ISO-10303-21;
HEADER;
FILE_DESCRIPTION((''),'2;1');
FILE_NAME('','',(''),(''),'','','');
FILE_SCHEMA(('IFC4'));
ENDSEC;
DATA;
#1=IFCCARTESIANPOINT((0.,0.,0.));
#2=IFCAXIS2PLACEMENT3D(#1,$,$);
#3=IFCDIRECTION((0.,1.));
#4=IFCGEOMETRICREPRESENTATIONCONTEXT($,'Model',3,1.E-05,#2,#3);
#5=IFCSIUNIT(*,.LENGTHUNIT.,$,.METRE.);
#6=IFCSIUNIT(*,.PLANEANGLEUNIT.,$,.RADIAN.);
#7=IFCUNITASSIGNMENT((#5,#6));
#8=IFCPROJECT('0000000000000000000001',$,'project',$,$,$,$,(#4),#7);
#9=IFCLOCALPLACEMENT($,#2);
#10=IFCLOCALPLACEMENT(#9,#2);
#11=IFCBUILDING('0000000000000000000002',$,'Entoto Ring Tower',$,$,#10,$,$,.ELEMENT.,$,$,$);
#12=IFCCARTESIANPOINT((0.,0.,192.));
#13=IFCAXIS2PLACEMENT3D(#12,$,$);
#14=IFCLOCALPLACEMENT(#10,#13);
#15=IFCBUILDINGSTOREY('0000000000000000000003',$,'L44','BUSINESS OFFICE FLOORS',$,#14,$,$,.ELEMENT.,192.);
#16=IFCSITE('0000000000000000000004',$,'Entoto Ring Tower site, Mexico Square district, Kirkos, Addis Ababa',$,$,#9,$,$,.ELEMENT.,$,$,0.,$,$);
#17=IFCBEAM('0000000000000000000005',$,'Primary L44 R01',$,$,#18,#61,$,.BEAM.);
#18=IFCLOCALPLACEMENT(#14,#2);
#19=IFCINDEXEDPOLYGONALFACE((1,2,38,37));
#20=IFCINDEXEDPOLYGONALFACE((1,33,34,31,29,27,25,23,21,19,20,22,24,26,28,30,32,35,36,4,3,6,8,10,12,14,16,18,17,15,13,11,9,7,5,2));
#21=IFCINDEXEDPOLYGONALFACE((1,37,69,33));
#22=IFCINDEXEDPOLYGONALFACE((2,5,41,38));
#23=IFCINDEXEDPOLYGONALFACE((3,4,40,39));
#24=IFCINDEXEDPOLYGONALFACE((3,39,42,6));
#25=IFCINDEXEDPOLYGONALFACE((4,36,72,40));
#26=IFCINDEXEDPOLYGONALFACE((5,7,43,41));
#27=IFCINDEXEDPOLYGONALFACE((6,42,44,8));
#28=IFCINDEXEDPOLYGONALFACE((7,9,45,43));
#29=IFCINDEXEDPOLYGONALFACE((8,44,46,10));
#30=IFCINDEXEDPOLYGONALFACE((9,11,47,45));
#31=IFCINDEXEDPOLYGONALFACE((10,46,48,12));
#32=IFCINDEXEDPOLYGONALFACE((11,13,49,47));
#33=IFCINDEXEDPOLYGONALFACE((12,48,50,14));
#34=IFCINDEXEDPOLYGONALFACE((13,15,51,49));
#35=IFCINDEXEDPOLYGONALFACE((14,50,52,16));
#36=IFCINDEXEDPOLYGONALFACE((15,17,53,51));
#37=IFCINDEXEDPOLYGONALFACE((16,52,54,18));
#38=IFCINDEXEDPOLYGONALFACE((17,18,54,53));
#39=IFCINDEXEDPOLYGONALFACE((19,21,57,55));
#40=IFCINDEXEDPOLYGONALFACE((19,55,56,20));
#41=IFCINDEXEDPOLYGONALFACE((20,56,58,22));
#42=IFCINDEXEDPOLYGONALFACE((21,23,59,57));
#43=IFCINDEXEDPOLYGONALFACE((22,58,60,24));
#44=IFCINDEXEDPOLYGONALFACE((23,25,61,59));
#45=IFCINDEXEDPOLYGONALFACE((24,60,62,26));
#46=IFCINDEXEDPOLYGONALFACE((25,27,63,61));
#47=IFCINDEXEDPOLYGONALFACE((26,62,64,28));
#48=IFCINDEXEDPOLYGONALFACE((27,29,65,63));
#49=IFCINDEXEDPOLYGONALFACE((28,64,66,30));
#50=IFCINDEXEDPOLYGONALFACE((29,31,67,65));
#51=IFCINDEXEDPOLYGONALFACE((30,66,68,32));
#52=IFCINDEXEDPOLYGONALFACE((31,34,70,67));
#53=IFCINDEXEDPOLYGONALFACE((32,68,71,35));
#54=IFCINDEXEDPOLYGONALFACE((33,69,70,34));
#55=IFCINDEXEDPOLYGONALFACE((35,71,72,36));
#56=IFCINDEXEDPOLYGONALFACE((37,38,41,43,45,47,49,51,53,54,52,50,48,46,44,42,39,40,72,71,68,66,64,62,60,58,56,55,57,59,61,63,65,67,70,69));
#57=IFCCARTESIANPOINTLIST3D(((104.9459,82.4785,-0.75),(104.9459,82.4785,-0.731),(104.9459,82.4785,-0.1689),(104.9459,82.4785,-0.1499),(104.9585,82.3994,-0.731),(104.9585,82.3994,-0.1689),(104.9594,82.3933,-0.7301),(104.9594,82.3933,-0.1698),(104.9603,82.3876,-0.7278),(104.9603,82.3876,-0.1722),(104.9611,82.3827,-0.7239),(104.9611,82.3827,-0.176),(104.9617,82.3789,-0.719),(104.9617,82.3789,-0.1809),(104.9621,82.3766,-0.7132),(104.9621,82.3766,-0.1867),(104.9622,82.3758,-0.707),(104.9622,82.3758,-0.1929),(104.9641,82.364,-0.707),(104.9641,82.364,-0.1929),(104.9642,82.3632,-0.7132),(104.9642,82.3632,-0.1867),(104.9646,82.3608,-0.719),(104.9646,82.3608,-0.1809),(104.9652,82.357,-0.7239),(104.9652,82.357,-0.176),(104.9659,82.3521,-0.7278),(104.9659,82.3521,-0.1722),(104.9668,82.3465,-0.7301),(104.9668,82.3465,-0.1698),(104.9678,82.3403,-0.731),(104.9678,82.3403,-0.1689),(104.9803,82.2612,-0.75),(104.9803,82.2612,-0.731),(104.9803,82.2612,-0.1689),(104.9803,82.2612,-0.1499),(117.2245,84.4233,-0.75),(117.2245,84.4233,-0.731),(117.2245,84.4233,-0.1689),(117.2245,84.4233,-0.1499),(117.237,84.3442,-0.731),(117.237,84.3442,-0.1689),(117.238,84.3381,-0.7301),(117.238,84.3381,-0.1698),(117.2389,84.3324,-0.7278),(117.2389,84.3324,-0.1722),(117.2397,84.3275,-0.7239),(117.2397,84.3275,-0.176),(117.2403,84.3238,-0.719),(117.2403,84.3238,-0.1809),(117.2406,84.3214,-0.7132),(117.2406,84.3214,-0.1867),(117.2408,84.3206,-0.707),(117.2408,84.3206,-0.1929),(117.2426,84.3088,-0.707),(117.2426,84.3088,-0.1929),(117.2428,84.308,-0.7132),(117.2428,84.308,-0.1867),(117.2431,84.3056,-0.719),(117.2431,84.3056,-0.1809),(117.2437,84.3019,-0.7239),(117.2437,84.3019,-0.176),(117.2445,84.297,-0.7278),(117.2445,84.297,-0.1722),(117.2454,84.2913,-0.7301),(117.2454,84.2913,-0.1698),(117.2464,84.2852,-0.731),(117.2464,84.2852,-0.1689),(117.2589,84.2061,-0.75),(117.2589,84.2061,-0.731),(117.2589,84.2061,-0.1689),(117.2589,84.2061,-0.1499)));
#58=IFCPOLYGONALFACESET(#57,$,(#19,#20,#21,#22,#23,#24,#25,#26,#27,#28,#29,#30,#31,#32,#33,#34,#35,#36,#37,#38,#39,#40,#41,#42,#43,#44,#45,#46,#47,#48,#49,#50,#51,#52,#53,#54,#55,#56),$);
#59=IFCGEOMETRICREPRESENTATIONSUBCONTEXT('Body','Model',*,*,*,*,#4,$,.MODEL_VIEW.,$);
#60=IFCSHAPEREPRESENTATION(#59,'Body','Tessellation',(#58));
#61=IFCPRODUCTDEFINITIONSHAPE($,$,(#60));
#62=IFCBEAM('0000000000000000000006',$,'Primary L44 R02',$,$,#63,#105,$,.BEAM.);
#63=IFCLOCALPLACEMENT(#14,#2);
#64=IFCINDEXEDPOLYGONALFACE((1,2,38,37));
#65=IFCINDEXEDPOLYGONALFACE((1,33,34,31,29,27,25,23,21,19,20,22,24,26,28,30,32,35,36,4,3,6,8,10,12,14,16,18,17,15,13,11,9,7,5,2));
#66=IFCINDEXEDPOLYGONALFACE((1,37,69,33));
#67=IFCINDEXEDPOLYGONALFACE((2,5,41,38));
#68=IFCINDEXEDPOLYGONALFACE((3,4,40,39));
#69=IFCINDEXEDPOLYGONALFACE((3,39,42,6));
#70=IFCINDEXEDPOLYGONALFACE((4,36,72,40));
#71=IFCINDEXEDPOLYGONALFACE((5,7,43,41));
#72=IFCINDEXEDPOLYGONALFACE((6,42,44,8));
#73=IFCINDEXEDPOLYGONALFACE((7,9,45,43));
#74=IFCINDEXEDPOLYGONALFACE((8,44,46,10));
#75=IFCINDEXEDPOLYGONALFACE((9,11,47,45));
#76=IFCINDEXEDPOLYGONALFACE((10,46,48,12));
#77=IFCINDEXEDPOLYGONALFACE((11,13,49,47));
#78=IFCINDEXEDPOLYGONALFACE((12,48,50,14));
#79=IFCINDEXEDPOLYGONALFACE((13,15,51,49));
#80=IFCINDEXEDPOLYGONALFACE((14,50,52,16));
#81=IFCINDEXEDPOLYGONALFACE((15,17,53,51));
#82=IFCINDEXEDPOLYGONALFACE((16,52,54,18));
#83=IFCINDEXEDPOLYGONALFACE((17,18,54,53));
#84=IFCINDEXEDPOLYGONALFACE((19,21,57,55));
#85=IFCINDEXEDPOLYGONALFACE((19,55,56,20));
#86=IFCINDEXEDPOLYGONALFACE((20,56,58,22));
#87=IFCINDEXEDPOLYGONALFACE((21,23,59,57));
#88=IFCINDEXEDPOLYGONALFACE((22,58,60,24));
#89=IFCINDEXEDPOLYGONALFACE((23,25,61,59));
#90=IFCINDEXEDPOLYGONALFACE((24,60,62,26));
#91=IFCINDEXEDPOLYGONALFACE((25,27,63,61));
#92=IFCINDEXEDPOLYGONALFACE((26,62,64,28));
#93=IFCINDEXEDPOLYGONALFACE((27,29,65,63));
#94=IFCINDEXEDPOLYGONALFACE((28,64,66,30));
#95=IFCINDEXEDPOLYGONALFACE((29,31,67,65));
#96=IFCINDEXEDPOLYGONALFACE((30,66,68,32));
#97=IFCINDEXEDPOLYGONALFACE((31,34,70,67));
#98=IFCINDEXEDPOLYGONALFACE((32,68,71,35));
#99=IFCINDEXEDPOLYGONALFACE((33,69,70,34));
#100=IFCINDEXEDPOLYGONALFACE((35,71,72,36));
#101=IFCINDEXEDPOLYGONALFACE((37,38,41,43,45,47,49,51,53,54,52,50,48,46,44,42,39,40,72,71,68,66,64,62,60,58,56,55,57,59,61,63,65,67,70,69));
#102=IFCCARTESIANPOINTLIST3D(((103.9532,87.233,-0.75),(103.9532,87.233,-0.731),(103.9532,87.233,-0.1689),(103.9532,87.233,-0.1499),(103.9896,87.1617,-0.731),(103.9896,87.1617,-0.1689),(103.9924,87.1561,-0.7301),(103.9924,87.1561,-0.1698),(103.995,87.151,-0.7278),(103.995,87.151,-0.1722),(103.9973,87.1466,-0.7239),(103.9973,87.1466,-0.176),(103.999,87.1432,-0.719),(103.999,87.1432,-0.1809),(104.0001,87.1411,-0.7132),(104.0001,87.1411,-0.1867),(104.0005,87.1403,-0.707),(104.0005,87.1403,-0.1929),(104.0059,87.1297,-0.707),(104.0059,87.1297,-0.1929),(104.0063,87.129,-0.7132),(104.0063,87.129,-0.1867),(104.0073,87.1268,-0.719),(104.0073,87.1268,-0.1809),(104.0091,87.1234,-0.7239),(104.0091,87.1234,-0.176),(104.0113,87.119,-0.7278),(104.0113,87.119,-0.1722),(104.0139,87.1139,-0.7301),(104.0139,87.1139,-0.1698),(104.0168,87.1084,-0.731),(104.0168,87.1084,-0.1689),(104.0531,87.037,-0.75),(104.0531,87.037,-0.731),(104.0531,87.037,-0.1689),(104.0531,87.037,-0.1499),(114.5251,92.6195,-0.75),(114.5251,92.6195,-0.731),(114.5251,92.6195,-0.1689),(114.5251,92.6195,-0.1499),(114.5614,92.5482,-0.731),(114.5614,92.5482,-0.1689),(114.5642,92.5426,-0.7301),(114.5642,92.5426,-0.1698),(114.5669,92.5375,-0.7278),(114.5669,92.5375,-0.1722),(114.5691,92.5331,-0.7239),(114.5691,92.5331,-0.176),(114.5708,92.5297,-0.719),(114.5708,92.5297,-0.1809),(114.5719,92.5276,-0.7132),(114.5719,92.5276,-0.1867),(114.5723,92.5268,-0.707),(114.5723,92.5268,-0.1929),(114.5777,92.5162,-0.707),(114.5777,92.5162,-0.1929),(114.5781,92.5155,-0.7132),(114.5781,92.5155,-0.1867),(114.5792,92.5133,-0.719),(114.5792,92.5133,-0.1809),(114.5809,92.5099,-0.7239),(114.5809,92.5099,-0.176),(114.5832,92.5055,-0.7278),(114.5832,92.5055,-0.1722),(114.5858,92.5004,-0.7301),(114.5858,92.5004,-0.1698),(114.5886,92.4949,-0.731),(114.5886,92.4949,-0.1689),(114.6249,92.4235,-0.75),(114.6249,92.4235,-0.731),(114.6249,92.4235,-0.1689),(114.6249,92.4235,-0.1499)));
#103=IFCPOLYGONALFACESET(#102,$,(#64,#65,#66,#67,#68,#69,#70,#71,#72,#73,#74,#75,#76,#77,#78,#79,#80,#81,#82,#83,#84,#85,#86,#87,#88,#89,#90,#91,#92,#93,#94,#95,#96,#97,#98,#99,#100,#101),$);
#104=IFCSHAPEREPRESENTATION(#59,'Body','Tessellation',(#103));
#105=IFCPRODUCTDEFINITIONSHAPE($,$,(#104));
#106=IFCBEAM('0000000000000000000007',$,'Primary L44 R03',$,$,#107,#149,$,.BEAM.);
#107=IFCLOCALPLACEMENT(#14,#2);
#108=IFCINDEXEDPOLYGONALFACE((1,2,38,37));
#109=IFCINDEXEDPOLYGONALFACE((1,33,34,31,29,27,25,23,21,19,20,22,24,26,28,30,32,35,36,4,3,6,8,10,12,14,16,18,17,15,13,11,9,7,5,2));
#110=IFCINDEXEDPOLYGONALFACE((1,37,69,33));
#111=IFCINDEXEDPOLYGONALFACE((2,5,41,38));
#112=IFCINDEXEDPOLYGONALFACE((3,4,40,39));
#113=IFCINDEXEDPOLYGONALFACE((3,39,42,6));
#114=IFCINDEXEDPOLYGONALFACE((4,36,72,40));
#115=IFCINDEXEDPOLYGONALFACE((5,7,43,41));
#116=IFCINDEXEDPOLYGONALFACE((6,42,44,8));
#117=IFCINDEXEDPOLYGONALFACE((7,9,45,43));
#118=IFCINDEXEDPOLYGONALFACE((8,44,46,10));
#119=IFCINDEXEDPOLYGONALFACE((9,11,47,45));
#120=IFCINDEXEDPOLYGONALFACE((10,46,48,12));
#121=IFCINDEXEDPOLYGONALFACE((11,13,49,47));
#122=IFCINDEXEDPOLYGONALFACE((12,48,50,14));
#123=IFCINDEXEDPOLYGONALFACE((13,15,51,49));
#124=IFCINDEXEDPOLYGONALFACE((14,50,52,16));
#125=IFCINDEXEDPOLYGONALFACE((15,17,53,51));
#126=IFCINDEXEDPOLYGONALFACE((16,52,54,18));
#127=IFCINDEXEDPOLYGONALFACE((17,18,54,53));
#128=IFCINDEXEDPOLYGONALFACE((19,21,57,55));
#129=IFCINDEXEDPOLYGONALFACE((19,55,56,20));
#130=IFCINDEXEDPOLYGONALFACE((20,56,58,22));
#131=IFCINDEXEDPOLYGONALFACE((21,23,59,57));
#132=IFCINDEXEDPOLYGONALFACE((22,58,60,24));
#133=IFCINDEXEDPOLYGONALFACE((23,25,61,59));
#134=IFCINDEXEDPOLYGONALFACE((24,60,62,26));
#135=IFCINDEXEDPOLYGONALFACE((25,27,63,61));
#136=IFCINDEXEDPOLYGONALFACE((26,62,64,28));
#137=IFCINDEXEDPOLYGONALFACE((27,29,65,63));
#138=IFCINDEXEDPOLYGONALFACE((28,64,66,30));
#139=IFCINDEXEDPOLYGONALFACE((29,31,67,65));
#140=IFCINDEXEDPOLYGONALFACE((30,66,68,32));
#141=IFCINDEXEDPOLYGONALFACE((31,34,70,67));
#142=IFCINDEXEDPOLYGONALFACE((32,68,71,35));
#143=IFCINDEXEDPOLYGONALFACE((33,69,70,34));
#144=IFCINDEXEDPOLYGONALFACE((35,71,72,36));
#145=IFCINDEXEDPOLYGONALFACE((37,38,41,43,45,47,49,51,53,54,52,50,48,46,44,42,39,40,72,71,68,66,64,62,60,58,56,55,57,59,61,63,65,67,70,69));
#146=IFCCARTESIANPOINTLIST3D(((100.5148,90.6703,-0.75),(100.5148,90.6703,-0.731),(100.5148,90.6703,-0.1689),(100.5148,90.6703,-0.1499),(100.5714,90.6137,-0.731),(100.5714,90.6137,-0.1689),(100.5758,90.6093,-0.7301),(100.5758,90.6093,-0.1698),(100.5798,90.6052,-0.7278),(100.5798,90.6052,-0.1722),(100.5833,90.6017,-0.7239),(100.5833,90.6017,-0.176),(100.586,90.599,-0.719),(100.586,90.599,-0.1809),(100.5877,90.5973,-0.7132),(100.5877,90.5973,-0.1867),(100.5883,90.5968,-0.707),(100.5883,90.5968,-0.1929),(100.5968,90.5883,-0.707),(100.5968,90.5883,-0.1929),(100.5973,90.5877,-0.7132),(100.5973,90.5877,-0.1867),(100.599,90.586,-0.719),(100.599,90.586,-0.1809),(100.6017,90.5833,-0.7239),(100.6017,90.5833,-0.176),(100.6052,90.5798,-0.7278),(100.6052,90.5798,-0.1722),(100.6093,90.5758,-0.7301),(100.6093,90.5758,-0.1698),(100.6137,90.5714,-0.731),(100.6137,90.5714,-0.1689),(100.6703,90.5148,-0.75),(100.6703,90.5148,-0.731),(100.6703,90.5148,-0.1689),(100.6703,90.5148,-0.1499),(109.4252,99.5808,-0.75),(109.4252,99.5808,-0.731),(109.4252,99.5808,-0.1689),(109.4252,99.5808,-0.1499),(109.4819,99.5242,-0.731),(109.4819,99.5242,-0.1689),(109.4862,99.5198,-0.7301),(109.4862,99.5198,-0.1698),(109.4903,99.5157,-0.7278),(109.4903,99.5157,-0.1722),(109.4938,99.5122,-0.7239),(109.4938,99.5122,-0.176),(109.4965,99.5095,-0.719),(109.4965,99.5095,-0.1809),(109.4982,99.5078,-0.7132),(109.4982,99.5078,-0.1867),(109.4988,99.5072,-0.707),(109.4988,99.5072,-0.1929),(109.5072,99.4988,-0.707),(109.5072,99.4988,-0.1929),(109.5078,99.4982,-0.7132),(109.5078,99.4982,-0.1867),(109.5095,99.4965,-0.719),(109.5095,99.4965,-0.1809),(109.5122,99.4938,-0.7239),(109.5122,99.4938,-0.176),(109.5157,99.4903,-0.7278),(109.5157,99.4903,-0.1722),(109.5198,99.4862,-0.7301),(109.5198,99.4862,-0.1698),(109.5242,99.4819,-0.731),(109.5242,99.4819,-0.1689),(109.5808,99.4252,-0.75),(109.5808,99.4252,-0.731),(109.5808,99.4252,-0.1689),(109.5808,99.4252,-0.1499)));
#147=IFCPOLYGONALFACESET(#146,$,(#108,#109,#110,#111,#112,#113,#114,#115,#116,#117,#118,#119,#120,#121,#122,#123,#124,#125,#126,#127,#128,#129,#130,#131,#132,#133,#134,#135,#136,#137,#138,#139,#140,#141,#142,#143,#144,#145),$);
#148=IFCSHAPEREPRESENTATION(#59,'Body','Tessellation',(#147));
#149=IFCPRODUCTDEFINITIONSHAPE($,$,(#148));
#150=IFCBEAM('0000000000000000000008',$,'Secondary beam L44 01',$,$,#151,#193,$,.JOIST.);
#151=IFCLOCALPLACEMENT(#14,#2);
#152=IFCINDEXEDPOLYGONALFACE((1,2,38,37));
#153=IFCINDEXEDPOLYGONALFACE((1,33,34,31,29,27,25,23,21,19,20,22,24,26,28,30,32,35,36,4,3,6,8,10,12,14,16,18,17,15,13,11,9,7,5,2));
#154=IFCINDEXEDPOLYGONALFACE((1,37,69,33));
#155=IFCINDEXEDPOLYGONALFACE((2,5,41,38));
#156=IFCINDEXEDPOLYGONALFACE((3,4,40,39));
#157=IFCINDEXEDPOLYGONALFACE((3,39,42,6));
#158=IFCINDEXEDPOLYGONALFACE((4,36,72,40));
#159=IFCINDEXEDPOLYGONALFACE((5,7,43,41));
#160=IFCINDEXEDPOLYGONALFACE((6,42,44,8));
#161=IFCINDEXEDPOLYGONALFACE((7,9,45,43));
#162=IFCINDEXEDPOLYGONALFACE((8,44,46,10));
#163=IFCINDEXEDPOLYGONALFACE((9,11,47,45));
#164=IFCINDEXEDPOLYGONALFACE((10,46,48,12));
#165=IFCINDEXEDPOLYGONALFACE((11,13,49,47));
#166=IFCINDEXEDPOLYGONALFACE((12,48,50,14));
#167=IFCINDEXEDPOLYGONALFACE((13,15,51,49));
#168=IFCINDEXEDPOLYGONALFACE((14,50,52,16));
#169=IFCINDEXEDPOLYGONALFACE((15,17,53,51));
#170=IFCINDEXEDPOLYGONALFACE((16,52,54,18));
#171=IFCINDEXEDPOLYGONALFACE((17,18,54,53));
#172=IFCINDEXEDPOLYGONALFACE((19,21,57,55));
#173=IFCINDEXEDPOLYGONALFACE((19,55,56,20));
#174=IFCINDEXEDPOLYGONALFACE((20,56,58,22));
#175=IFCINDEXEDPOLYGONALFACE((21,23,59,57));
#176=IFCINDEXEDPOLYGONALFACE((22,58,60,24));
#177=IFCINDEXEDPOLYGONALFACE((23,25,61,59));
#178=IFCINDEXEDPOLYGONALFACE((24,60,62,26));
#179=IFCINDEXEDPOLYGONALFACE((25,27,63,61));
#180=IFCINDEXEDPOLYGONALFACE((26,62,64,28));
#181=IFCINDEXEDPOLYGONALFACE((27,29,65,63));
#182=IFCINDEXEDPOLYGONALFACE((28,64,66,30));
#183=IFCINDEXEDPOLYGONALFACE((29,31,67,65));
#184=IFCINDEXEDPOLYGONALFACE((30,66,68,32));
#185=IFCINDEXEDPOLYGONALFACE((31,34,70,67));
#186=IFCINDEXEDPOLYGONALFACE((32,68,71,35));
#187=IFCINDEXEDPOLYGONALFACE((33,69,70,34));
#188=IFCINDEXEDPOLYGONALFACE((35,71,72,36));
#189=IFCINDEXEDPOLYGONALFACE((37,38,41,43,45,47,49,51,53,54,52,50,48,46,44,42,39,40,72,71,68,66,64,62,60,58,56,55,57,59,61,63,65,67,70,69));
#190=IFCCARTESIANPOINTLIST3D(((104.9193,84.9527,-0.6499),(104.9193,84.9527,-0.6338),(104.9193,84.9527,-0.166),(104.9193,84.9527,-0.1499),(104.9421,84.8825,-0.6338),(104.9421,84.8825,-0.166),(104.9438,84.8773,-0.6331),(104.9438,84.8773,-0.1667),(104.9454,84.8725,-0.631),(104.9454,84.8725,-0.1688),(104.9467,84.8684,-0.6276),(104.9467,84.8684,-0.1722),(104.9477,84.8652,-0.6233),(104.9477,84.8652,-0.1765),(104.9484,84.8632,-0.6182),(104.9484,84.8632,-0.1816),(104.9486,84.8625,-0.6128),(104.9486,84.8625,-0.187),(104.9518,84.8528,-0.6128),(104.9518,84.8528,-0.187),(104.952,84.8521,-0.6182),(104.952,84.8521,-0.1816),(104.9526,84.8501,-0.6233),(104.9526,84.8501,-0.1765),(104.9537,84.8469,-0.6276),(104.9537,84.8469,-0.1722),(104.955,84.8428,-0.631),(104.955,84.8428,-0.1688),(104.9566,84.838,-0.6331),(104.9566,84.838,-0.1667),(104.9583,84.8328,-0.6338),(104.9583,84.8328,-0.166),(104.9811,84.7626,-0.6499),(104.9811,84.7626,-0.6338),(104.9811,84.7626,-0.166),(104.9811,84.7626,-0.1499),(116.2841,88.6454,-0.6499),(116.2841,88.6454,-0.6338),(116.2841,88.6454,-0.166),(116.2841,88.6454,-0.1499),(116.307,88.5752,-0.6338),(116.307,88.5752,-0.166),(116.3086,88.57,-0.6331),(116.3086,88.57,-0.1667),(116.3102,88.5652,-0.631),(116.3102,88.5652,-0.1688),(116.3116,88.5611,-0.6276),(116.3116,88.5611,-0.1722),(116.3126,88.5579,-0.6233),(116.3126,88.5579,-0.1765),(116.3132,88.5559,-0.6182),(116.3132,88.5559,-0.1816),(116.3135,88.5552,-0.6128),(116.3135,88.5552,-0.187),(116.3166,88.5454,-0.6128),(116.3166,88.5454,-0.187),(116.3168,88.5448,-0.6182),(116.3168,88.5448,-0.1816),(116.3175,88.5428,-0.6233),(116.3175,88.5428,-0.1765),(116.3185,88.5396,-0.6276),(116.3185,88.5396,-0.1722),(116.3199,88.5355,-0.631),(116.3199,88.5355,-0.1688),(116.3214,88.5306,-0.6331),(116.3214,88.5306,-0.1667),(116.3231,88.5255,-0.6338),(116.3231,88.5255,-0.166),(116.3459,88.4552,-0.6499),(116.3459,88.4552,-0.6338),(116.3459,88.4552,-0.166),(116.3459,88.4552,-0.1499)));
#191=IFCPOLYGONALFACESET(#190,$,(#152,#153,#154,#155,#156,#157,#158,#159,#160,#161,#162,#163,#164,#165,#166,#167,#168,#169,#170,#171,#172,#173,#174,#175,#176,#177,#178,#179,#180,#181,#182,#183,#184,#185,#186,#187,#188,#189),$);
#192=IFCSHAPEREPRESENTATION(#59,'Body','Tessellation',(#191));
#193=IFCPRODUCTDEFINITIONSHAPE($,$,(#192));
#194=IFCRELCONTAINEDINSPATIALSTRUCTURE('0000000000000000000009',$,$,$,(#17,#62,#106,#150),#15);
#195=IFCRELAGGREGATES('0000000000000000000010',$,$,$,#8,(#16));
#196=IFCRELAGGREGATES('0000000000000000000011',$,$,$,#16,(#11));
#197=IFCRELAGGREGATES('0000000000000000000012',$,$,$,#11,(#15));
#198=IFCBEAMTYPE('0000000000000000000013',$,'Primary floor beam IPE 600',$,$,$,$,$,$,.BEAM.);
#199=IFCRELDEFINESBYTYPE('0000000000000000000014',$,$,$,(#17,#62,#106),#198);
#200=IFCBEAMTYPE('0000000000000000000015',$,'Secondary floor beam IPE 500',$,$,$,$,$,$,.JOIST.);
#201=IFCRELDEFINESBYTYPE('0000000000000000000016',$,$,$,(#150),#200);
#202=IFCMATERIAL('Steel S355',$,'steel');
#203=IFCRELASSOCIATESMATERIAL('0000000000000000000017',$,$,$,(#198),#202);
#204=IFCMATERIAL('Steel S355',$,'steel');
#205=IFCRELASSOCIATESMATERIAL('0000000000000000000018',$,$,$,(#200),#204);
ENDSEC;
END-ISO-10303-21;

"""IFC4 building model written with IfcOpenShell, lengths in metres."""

from ifc_helpers import new_model, si_unit, direction, frame, origin, origin_2d, place, context, subcontext, project, spatial, i_section, extrude, material, material_profile, profile_set, type_object, element, save


model = new_model("IFC4")

# Units and contexts
model_context = context("Model", 3, precision=1e-05, world=origin(), true_north=direction((0.0, 1.0)))
body_context = subcontext(model_context, "Body", "Model", "MODEL_VIEW")
ifc_project = project(units=[si_unit("LENGTHUNIT", "METRE"), si_unit("PLANEANGLEUNIT", "RADIAN")], contexts=[model_context])

# Site, building, storey
site_placement = place(None, origin())
site = spatial("IfcSite", under=ifc_project, at=site_placement, Name="Entoto Ring Tower site, Mexico Square district, Kirkos, Addis Ababa", CompositionType="ELEMENT", RefElevation=0.0)
building_placement = place(site_placement, origin())
building = spatial("IfcBuilding", under=site, at=building_placement, Name="Entoto Ring Tower", CompositionType="ELEMENT")
storey_placement = place(building_placement, frame((0.0, 0.0, 192.0)))
storey = spatial("IfcBuildingStorey", under=building, at=storey_placement, Name="L44", Description="BUSINESS OFFICE FLOORS", CompositionType="ELEMENT", Elevation=192.0)

# Beams
ifc_material_1 = material(Name="Steel S355", Category="steel")
ifc_material_profile_1 = material_profile(ifc_material_1, i_section(OverallWidth=0.22, OverallDepth=0.6001, WebThickness=0.012, FlangeThickness=0.019, FilletRadius=0.0239, at=origin_2d()), Name="IPE 600")
ifc_profile_set_1 = profile_set([ifc_material_profile_1], Name="Steel S355")
beam_type_1 = type_object("IfcBeamType", Name="Primary floor beam IPE 600", PredefinedType="BEAM", material=ifc_profile_set_1)
beam_1_placement = place(storey_placement, frame((104.9631, 82.3699, -0.45), z_axis=(0.987687, 0.156442, 0.0), x_axis=(-0.156442, 0.987687, 0.0)))
element("IfcBeam", 1, at=beam_1_placement, inside=storey, type_object=beam_type_1, Name="Primary L44 R01", PredefinedType="BEAM", context=body_context, shape_type="SweptSolid", body=[
    extrude(i_section(OverallWidth=0.22, OverallDepth=0.6001, WebThickness=0.012, FlangeThickness=0.019, FilletRadius=0.0239, at=origin_2d()), origin(), (0.0, 0.0, 1.0), 12.4316),
])
beam_2_placement = place(storey_placement, frame((104.0032, 87.135, -0.45), z_axis=(0.89101, 0.453983, 0.0), x_axis=(-0.453983, 0.89101, 0.0)))
element("IfcBeam", 2, at=beam_2_placement, inside=storey, type_object=beam_type_1, Name="Primary L44 R02", PredefinedType="BEAM", context=body_context, shape_type="SweptSolid", body=[
    extrude(i_section(OverallWidth=0.22, OverallDepth=0.6001, WebThickness=0.012, FlangeThickness=0.019, FilletRadius=0.0239, at=origin_2d()), origin(), (0.0, 0.0, 1.0), 11.865),
])
beam_3_placement = place(storey_placement, frame((100.5925, 90.5925, -0.45), z_axis=(0.707107, 0.707107, 0.0), x_axis=(-0.707107, 0.707107, 0.0)))
element("IfcBeam", 3, at=beam_3_placement, inside=storey, type_object=beam_type_1, Name="Primary L44 R03", PredefinedType="BEAM", context=body_context, shape_type="SweptSolid", body=[
    extrude(i_section(OverallWidth=0.22, OverallDepth=0.6001, WebThickness=0.012, FlangeThickness=0.019, FilletRadius=0.0239, at=origin_2d()), origin(), (0.0, 0.0, 1.0), 12.6013),
])
ifc_material_2 = material(Name="Steel S355", Category="steel")
ifc_material_profile_2 = material_profile(ifc_material_2, i_section(OverallWidth=0.2, OverallDepth=0.5, WebThickness=0.0103, FlangeThickness=0.0161, FilletRadius=0.021, at=origin_2d()), Name="IPE 500")
ifc_profile_set_2 = profile_set([ifc_material_profile_2], Name="Steel S355")
beam_type_2 = type_object("IfcBeamType", Name="Secondary floor beam IPE 500", PredefinedType="JOIST", material=ifc_profile_set_2)
beam_4_placement = place(storey_placement, frame((104.9502, 84.8577, -0.3999), z_axis=(0.951057, 0.309017, 0.0), x_axis=(-0.309017, 0.951057, 0.0)))
element("IfcBeam", 4, at=beam_4_placement, inside=storey, type_object=beam_type_2, Name="Secondary beam L44 01", PredefinedType="JOIST", context=body_context, shape_type="SweptSolid", body=[
    extrude(i_section(OverallWidth=0.2, OverallDepth=0.5, WebThickness=0.0103, FlangeThickness=0.0161, FilletRadius=0.021, at=origin_2d()), origin(), (0.0, 0.0, 1.0), 11.9497),
])

save(model, "model.ifc")
